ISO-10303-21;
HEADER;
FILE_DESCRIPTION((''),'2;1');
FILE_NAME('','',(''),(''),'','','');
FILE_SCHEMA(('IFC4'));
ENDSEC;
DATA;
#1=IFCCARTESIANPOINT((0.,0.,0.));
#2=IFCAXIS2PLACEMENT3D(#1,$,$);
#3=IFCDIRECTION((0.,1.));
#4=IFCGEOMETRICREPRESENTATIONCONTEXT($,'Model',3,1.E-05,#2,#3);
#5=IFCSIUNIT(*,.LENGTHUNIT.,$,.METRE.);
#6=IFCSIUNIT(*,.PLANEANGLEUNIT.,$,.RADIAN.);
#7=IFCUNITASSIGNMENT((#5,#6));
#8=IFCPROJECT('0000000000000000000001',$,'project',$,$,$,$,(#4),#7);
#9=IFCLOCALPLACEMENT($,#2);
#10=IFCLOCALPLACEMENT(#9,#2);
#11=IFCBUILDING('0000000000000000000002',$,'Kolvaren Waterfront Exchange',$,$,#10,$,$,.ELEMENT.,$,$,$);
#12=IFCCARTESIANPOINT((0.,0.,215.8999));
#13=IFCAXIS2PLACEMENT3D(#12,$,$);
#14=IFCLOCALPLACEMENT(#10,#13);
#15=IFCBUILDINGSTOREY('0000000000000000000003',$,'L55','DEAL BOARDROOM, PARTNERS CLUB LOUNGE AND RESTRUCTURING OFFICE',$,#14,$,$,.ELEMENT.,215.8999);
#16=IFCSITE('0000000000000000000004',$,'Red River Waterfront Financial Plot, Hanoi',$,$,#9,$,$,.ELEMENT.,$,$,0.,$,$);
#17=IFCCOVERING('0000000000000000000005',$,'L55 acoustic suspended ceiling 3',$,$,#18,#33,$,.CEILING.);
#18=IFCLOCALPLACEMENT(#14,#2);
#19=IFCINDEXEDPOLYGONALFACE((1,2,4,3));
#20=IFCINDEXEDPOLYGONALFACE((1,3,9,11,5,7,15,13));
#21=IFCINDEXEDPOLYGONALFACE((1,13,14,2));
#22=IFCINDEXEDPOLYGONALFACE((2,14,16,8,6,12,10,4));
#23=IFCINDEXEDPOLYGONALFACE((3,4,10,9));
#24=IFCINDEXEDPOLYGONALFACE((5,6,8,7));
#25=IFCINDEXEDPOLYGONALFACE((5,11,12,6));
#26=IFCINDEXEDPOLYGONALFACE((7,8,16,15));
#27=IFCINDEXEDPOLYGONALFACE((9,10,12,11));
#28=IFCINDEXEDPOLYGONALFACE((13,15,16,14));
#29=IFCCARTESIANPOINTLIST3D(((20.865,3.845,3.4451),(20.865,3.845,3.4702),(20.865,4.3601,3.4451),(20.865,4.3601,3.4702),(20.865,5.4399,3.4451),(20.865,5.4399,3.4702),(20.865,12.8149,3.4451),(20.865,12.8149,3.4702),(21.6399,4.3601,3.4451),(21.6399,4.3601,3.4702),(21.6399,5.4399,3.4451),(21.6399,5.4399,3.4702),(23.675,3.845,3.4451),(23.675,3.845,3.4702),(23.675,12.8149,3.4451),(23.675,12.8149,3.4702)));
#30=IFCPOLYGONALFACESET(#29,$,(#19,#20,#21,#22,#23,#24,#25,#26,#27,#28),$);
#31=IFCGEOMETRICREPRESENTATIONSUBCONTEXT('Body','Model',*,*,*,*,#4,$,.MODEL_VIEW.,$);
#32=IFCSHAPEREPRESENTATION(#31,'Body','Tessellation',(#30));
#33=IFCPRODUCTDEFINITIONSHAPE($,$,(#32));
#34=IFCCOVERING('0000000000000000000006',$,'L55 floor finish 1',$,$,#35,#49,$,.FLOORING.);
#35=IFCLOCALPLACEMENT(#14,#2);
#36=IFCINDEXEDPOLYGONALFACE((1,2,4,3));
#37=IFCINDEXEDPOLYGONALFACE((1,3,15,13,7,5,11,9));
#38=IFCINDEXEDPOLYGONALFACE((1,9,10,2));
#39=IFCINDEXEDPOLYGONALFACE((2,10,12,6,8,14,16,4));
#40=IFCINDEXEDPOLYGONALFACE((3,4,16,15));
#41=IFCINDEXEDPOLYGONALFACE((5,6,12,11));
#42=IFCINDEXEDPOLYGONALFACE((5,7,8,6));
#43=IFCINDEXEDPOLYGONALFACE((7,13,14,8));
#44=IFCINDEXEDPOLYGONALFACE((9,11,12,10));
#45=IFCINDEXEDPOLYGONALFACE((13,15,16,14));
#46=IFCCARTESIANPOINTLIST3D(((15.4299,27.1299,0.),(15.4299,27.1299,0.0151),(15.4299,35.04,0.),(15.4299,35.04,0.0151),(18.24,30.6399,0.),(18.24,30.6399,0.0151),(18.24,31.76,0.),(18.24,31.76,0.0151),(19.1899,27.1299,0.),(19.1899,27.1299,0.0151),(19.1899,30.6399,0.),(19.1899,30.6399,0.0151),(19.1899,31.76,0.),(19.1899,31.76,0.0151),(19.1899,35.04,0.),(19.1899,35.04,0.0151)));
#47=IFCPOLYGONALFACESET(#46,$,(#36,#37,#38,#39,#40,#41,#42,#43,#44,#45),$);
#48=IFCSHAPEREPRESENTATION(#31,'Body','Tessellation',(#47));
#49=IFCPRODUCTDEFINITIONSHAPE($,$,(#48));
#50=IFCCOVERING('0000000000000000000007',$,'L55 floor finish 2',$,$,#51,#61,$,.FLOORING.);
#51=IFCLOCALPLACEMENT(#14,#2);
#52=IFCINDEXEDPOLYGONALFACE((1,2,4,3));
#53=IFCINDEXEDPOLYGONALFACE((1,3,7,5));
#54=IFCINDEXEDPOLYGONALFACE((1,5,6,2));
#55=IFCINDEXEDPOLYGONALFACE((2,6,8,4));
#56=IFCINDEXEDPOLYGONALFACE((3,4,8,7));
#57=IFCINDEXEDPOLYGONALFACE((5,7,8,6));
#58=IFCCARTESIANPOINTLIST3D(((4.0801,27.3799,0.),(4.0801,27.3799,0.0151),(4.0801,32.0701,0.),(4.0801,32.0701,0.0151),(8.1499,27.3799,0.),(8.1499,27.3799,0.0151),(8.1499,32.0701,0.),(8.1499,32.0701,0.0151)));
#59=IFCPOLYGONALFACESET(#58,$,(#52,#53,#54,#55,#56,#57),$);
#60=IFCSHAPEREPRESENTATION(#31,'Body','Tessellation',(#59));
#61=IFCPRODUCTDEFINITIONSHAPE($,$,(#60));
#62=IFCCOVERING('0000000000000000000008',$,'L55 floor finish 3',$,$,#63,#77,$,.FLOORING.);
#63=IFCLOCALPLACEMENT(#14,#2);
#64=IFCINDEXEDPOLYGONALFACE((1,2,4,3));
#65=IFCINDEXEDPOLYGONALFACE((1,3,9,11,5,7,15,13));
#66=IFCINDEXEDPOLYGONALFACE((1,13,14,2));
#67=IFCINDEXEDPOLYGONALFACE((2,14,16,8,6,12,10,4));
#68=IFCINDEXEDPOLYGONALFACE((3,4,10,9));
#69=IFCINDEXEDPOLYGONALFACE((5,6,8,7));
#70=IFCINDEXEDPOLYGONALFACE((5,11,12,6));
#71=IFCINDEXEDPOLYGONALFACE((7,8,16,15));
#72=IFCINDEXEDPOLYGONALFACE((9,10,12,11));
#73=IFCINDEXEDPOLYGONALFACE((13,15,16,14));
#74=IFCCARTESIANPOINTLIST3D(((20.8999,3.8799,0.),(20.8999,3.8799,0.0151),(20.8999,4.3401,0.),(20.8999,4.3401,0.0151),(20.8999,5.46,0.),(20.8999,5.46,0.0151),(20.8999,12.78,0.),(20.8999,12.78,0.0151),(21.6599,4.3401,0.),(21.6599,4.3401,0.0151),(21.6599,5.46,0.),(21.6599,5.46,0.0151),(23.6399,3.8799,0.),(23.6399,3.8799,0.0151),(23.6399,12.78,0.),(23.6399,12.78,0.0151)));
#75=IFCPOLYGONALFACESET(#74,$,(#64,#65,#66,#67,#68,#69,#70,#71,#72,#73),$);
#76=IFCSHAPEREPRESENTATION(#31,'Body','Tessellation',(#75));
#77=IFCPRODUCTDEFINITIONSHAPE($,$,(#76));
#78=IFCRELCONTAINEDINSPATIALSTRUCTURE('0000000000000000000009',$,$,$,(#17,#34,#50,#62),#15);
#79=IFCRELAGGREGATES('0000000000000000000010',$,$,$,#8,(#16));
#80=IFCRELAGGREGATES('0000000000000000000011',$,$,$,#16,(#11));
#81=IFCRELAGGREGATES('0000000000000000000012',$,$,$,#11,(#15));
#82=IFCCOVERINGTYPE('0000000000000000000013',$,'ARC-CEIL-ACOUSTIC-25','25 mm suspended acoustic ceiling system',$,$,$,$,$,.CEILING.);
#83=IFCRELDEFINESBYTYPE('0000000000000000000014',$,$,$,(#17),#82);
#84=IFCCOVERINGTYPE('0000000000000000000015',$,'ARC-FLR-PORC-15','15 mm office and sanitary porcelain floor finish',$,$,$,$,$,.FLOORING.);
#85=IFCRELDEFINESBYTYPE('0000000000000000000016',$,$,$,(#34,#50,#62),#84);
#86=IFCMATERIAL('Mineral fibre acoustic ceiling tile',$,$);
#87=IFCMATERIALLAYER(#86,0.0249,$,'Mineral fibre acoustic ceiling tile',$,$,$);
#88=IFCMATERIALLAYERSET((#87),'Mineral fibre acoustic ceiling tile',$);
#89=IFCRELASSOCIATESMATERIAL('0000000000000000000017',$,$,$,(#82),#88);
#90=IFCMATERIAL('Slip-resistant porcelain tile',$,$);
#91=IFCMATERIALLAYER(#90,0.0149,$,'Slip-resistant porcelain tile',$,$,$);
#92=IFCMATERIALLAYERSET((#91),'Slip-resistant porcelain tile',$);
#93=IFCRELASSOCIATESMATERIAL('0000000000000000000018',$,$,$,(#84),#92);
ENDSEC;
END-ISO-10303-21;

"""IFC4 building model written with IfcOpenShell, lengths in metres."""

from ifc_helpers import new_model, si_unit, direction, frame, origin, place, context, subcontext, project, spatial, polyline, outline, extrude, material, layer, layer_set, type_object, element, save


model = new_model("IFC4")

# Units and contexts
model_context = context("Model", 3, precision=1e-05, world=origin(), true_north=direction((0.0, 1.0)))
body_context = subcontext(model_context, "Body", "Model", "MODEL_VIEW")
ifc_project = project(units=[si_unit("LENGTHUNIT", "METRE"), si_unit("PLANEANGLEUNIT", "RADIAN")], contexts=[model_context])

# Site, building, storey
site_placement = place(None, origin())
site = spatial("IfcSite", under=ifc_project, at=site_placement, Name="Red River Waterfront Financial Plot, Hanoi", CompositionType="ELEMENT", RefElevation=0.0)
building_placement = place(site_placement, origin())
building = spatial("IfcBuilding", under=site, at=building_placement, Name="Kolvaren Waterfront Exchange", CompositionType="ELEMENT")
storey_placement = place(building_placement, frame((0.0, 0.0, 215.8999)))
storey = spatial("IfcBuildingStorey", under=building, at=storey_placement, Name="L55", Description="DEAL BOARDROOM, PARTNERS CLUB LOUNGE AND RESTRUCTURING OFFICE", CompositionType="ELEMENT", Elevation=215.8999)

# Coverings
ifc_material_1 = material(Name="Mineral fibre acoustic ceiling tile")
ifc_layer_1 = layer(ifc_material_1, 0.0249, Name="Mineral fibre acoustic ceiling tile")
ifc_layer_set_1 = layer_set([ifc_layer_1], Name="Mineral fibre acoustic ceiling tile")
covering_type_1 = type_object("IfcCoveringType", Name="ARC-CEIL-ACOUSTIC-25", Description="25 mm suspended acoustic ceiling system", PredefinedType="CEILING", material=ifc_layer_set_1)
covering_1_placement = place(storey_placement, frame((0.0, 0.0, 3.4451)))
element("IfcCovering", 1, at=covering_1_placement, inside=storey, type_object=covering_type_1, Name="L55 acoustic suspended ceiling 3", PredefinedType="CEILING", context=body_context, shape_type="SweptSolid", body=[
    extrude(outline(polyline([(20.865, 5.4399), (21.6399, 5.4399), (21.6399, 4.3601), (20.865, 4.3601), (20.865, 3.845), (23.675, 3.845), (23.675, 12.8149), (20.865, 12.8149), (20.865, 5.4399)])), origin(), (0.0, 0.0, 1.0), 0.0251),
])
ifc_material_2 = material(Name="Slip-resistant porcelain tile")
ifc_layer_2 = layer(ifc_material_2, 0.0149, Name="Slip-resistant porcelain tile")
ifc_layer_set_2 = layer_set([ifc_layer_2], Name="Slip-resistant porcelain tile")
covering_type_2 = type_object("IfcCoveringType", Name="ARC-FLR-PORC-15", Description="15 mm office and sanitary porcelain floor finish", PredefinedType="FLOORING", material=ifc_layer_set_2)
covering_2_placement = place(storey_placement, origin())
element("IfcCovering", 2, at=covering_2_placement, inside=storey, type_object=covering_type_2, Name="L55 floor finish 1", PredefinedType="FLOORING", context=body_context, shape_type="SweptSolid", body=[
    extrude(outline(polyline([(15.4299, 35.04), (15.4299, 27.1299), (19.1899, 27.1299), (19.1899, 30.6399), (18.24, 30.6399), (18.24, 31.76), (19.1899, 31.76), (19.1899, 35.04), (15.4299, 35.04)])), origin(), (0.0, 0.0, 1.0), 0.0151),
])
covering_3_placement = place(storey_placement, origin())
element("IfcCovering", 3, at=covering_3_placement, inside=storey, type_object=covering_type_2, Name="L55 floor finish 2", PredefinedType="FLOORING", context=body_context, shape_type="SweptSolid", body=[
    extrude(outline(polyline([(4.0801, 32.0701), (4.0801, 27.3799), (8.1499, 27.3799), (8.1499, 32.0701), (4.0801, 32.0701)])), origin(), (0.0, 0.0, 1.0), 0.0151),
])
covering_4_placement = place(storey_placement, origin())
element("IfcCovering", 4, at=covering_4_placement, inside=storey, type_object=covering_type_2, Name="L55 floor finish 3", PredefinedType="FLOORING", context=body_context, shape_type="SweptSolid", body=[
    extrude(outline(polyline([(20.8999, 4.3401), (20.8999, 3.8799), (23.6399, 3.8799), (23.6399, 12.78), (20.8999, 12.78), (20.8999, 5.46), (21.6599, 5.46), (21.6599, 4.3401), (20.8999, 4.3401)])), origin(), (0.0, 0.0, 1.0), 0.0151),
])

save(model, "model.ifc")
